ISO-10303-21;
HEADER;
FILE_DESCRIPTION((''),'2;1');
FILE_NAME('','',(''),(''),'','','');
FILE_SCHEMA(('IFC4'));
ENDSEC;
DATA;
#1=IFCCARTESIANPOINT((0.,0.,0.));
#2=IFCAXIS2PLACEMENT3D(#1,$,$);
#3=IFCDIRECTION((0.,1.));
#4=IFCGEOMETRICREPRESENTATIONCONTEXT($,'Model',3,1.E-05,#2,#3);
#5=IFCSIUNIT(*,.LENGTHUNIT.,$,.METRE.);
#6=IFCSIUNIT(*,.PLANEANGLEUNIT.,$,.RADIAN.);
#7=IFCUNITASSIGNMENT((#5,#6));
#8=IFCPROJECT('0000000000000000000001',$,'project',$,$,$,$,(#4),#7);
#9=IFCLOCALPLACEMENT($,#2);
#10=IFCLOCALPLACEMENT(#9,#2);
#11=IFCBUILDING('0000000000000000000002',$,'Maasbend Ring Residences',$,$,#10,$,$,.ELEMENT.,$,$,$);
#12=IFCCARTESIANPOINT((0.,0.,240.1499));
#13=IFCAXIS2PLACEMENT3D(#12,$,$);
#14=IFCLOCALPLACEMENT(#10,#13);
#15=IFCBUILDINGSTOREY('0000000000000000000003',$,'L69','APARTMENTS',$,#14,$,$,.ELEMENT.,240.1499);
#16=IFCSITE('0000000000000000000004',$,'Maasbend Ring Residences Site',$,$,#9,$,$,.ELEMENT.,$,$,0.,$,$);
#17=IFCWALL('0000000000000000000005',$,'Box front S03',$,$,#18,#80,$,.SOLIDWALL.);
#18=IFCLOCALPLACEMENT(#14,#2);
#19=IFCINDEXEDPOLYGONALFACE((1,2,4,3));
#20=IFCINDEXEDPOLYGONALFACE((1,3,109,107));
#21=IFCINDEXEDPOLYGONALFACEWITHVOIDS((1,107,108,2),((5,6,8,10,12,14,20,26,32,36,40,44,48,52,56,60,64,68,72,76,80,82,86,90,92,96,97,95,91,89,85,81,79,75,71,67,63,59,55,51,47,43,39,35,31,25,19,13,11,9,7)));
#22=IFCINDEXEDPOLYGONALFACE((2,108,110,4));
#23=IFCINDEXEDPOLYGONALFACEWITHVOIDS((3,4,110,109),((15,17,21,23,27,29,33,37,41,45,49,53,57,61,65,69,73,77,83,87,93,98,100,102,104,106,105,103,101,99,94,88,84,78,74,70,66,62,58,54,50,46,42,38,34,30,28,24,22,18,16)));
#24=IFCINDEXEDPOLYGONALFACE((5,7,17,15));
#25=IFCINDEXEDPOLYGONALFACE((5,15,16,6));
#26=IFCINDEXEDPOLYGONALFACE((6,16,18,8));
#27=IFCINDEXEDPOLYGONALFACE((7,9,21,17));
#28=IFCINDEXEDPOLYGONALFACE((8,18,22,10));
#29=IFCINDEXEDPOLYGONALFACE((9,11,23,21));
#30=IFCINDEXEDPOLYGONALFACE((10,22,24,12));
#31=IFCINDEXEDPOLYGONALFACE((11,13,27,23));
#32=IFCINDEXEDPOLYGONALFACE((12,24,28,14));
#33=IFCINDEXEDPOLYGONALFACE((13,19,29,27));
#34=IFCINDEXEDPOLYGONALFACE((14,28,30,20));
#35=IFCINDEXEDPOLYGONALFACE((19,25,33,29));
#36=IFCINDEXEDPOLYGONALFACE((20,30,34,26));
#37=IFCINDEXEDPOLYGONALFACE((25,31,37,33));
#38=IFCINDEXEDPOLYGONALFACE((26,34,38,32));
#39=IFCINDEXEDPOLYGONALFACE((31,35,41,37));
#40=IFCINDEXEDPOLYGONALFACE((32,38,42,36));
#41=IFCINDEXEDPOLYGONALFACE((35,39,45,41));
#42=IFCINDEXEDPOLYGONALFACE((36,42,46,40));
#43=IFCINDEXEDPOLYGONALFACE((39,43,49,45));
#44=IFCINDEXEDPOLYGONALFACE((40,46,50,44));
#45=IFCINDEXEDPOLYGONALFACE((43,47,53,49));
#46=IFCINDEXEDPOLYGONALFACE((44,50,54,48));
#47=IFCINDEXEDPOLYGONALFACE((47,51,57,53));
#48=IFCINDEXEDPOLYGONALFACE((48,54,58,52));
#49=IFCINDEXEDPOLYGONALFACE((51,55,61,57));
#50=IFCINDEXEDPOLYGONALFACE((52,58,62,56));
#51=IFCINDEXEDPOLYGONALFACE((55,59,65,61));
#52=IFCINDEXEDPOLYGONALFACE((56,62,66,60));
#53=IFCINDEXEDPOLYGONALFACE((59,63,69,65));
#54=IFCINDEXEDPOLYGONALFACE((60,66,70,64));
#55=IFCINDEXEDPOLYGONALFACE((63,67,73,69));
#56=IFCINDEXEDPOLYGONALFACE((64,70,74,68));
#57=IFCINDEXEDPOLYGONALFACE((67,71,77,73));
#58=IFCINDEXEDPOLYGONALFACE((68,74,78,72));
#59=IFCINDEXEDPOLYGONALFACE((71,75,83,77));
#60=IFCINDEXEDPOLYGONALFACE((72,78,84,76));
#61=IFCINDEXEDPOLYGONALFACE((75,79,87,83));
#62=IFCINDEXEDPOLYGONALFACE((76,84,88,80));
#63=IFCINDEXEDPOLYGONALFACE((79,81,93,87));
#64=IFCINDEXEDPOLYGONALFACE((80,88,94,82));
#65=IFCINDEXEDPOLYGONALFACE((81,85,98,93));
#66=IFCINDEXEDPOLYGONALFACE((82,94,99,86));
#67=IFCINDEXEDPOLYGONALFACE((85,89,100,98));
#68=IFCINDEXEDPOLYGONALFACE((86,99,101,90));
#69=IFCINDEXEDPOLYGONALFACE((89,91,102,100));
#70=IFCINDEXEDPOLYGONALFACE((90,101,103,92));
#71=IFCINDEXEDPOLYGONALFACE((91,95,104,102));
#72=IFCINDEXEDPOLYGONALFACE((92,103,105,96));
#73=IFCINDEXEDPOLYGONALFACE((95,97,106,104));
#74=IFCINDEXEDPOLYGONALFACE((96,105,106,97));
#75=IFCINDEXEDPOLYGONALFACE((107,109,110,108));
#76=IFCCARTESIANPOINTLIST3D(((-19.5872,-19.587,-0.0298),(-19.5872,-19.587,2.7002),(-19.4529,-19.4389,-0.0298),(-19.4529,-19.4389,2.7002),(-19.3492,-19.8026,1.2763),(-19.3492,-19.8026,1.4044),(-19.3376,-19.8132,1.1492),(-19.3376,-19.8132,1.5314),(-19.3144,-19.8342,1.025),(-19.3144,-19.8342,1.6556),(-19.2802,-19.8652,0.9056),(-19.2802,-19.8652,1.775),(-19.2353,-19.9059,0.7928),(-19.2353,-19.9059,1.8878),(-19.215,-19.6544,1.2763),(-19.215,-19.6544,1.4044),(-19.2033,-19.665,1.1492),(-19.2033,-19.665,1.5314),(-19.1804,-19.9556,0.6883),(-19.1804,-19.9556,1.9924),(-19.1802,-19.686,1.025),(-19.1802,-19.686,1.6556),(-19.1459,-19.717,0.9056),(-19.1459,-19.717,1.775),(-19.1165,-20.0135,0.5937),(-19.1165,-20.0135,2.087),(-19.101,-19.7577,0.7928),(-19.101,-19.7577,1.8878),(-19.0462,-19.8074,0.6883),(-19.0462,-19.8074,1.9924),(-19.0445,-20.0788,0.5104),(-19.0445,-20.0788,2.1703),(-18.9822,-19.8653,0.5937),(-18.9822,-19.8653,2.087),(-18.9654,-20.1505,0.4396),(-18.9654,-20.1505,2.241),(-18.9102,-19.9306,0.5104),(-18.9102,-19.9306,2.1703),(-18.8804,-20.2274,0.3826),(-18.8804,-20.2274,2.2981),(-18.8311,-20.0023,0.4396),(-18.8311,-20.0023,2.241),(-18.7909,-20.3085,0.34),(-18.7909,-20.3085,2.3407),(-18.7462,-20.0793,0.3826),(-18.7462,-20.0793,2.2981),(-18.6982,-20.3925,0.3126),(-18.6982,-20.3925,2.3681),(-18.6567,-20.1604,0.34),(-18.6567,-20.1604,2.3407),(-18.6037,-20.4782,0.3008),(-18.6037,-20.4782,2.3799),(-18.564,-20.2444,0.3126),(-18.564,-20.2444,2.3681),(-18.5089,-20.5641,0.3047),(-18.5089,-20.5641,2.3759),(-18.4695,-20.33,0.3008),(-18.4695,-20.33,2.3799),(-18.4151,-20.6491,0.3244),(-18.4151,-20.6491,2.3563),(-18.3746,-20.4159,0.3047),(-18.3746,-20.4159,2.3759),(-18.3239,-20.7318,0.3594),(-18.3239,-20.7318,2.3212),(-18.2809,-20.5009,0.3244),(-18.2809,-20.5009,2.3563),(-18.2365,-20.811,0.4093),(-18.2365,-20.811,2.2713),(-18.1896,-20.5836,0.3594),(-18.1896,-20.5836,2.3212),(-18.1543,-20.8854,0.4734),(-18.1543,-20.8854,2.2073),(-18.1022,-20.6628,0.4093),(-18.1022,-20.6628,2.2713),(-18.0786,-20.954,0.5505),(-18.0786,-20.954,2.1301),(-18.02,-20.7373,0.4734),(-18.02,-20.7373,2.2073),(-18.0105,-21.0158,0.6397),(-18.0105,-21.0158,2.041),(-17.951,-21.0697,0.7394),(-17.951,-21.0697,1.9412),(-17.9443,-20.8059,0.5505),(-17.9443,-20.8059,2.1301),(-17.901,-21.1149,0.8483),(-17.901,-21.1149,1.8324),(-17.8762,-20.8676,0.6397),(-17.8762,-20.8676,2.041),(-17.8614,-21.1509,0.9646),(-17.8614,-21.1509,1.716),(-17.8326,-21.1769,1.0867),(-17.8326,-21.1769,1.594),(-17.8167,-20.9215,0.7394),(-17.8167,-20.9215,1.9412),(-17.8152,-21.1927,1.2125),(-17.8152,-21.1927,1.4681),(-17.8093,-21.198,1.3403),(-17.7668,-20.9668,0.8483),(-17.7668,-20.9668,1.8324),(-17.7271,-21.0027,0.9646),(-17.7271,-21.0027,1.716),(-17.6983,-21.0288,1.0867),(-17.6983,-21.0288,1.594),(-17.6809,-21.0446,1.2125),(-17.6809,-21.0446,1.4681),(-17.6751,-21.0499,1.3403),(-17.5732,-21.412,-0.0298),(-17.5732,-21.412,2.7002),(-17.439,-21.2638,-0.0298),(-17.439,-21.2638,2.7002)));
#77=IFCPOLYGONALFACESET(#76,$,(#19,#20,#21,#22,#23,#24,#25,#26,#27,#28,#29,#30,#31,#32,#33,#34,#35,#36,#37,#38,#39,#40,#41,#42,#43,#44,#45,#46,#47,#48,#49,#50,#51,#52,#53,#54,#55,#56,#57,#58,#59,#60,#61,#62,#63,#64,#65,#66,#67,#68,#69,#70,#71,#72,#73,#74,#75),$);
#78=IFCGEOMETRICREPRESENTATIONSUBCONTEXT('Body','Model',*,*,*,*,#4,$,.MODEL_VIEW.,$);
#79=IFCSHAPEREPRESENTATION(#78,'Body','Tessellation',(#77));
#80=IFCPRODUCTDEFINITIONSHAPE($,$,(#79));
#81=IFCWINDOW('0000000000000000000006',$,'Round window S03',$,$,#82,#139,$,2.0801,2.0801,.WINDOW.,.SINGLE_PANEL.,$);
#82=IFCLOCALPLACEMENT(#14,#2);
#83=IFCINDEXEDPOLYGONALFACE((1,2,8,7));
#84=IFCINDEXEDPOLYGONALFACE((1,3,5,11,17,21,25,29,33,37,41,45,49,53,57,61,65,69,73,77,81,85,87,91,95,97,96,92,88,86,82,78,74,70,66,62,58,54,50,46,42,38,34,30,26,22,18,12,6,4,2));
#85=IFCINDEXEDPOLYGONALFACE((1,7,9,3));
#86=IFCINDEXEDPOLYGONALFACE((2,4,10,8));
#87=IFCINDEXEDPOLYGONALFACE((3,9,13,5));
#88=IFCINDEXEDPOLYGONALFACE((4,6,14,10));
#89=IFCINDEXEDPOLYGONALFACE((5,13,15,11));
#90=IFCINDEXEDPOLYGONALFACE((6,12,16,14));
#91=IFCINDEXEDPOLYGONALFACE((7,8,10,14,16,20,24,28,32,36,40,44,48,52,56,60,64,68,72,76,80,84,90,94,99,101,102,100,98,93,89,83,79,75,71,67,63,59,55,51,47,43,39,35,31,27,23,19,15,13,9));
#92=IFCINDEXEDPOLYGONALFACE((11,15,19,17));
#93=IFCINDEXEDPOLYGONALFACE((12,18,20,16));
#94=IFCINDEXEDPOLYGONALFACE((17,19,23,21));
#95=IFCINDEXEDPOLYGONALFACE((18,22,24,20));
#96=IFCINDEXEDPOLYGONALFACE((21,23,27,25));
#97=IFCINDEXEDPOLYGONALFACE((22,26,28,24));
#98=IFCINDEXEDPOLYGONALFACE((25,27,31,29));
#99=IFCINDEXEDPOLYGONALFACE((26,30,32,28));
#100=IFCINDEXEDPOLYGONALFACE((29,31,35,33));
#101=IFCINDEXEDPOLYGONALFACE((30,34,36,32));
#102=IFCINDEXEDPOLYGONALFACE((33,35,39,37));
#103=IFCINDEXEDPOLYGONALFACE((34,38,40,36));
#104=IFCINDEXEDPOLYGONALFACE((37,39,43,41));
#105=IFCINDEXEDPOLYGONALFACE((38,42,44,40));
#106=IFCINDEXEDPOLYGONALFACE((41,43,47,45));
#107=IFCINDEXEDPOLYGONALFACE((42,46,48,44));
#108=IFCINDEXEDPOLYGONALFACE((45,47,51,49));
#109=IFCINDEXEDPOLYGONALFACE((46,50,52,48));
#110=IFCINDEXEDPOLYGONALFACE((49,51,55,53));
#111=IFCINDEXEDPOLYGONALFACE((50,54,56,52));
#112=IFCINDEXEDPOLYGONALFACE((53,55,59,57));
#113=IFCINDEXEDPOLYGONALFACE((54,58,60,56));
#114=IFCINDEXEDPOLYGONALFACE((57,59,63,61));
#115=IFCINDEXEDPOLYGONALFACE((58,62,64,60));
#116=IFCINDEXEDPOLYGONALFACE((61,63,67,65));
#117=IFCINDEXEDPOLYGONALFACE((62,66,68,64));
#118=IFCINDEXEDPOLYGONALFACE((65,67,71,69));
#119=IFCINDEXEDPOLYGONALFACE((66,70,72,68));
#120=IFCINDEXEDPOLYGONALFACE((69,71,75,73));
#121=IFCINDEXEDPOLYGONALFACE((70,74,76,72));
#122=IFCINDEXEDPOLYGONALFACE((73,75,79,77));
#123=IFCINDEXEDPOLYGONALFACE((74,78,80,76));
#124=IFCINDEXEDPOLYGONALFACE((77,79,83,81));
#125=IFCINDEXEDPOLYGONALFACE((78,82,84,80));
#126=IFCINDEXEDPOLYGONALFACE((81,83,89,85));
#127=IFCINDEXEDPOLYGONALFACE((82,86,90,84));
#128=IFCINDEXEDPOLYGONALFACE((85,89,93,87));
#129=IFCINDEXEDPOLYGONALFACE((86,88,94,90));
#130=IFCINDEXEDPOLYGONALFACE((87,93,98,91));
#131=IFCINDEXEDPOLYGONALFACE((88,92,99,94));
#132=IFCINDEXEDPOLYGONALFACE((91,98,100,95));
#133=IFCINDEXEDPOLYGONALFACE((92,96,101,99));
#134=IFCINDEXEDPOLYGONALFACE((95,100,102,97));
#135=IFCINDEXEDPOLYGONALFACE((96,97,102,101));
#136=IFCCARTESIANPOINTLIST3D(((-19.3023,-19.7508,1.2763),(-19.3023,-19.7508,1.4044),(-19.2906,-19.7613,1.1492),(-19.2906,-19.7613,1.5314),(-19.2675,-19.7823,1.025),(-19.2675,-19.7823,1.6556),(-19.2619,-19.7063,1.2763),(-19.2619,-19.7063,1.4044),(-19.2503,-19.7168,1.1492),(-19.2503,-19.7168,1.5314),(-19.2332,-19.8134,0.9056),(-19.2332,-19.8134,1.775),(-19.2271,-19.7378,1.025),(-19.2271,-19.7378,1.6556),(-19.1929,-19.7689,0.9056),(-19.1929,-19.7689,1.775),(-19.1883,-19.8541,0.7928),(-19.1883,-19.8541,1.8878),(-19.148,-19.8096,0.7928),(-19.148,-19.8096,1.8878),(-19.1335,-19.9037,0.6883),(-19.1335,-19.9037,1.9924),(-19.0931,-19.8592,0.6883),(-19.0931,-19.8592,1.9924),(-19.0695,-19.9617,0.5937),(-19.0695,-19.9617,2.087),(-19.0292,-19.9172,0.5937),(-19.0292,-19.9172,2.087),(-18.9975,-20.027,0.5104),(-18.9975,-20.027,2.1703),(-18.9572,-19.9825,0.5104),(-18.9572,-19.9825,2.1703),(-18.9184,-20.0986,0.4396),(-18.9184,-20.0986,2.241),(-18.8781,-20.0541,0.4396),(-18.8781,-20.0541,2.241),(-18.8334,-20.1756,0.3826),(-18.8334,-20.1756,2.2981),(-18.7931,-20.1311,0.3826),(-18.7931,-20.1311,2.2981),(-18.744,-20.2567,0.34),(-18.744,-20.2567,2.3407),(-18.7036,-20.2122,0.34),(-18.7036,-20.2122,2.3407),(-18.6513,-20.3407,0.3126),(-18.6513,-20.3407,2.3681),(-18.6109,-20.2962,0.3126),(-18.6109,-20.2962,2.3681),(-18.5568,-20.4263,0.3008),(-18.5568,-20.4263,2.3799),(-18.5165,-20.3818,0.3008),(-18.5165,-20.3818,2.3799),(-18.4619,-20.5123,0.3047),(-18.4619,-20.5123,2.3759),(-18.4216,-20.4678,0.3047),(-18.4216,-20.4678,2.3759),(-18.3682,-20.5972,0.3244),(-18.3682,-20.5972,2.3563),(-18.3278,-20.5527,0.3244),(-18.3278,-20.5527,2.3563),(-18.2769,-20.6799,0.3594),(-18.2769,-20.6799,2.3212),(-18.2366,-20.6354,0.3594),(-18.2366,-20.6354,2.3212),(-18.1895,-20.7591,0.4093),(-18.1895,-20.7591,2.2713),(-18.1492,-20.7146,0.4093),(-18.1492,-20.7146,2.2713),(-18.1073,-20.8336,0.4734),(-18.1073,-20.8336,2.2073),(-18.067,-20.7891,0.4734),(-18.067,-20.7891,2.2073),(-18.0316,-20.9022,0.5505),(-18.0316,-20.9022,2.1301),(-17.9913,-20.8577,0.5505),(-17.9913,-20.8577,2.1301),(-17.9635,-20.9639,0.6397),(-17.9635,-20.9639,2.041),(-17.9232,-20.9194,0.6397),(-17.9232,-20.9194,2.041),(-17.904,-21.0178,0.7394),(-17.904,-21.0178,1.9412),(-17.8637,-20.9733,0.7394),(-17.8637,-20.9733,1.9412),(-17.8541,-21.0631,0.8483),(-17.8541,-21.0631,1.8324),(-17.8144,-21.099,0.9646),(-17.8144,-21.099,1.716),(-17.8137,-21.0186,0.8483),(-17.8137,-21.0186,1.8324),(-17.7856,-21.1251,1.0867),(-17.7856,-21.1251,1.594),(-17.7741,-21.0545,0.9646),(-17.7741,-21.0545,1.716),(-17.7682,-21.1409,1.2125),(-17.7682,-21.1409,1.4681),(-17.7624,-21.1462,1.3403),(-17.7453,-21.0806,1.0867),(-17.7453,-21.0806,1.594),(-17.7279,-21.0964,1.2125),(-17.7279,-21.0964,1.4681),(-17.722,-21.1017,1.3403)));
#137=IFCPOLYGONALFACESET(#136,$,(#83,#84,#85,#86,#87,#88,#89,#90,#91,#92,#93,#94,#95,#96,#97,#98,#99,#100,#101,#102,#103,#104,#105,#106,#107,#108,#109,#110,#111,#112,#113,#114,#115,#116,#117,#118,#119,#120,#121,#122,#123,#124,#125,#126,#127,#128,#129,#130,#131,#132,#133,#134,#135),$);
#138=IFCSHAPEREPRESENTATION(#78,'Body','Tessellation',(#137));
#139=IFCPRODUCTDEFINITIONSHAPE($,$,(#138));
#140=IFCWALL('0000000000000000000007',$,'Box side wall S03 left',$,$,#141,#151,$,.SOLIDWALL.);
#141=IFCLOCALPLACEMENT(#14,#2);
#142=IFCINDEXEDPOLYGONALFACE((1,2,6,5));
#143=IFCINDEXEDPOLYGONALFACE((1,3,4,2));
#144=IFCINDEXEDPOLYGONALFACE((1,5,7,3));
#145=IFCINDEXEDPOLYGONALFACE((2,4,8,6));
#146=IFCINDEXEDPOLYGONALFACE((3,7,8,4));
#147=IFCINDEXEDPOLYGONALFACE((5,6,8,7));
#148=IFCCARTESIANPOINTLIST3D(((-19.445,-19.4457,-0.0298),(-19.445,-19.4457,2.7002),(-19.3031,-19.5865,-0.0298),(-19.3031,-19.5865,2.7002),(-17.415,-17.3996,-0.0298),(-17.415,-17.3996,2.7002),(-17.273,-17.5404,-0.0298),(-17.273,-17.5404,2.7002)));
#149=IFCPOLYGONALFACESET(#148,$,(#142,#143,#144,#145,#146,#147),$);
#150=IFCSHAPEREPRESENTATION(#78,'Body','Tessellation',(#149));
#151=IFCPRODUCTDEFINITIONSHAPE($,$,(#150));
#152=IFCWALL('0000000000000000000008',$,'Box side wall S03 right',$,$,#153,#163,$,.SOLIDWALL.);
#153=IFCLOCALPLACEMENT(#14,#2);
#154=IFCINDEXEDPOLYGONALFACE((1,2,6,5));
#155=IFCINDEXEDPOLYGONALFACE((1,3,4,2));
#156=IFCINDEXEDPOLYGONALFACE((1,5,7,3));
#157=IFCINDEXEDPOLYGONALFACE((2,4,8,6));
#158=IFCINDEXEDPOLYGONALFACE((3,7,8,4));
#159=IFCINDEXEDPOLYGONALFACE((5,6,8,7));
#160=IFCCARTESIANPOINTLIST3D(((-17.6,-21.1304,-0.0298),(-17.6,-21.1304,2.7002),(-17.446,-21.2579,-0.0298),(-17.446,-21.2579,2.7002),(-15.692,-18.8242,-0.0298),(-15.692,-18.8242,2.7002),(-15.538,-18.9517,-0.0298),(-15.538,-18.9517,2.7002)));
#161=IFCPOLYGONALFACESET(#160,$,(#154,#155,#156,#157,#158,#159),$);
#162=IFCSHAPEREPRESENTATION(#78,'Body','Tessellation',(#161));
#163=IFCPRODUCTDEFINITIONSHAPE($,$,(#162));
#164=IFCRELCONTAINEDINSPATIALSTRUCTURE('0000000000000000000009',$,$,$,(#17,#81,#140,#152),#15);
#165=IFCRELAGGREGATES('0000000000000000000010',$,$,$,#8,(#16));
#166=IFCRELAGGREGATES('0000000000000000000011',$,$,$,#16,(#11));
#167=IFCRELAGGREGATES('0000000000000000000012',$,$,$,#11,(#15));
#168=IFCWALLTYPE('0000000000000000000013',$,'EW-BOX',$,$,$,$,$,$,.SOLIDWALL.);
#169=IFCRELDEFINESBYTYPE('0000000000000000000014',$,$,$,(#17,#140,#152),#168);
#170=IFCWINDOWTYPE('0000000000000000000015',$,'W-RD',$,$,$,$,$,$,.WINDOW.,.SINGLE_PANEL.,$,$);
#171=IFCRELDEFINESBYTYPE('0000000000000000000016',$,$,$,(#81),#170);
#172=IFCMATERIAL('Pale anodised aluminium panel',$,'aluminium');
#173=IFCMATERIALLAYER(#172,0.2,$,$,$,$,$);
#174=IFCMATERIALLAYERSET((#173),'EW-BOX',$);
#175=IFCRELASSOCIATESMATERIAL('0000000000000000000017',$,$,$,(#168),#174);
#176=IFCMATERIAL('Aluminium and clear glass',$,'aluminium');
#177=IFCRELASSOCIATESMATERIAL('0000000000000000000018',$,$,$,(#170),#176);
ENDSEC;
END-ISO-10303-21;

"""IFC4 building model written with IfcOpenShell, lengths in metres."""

from ifc_helpers import new_model, si_unit, direction, frame, frame_2d, origin, place, context, subcontext, project, spatial, rectangle, circle, extrude, material, layer, layer_set, type_object, element, fill, save


model = new_model("IFC4")

# Units and contexts
model_context = context("Model", 3, precision=1e-05, world=origin(), true_north=direction((0.0, 1.0)))
body_context = subcontext(model_context, "Body", "Model", "MODEL_VIEW")
ifc_project = project(units=[si_unit("LENGTHUNIT", "METRE"), si_unit("PLANEANGLEUNIT", "RADIAN")], contexts=[model_context])

# Site, building, storey
site_placement = place(None, origin())
site = spatial("IfcSite", under=ifc_project, at=site_placement, Name="Maasbend Ring Residences Site", CompositionType="ELEMENT", RefElevation=0.0)
building_placement = place(site_placement, origin())
building = spatial("IfcBuilding", under=site, at=building_placement, Name="Maasbend Ring Residences", CompositionType="ELEMENT")
storey_placement = place(building_placement, frame((0.0, 0.0, 240.1499)))
storey = spatial("IfcBuildingStorey", under=building, at=storey_placement, Name="L69", Description="APARTMENTS", CompositionType="ELEMENT", Elevation=240.1499)

# Shared definitions
ifc_material_1 = material(Name="Pale anodised aluminium panel", Category="aluminium")
ifc_layer_1 = layer(ifc_material_1, 0.2)
ifc_layer_set_1 = layer_set([ifc_layer_1], Name="EW-BOX")
wall_type_1 = type_object("IfcWallType", Name="EW-BOX", PredefinedType="SOLIDWALL", material=ifc_layer_set_1)
ifc_material_2 = material(Name="Aluminium and clear glass", Category="aluminium")
window_type_1 = type_object("IfcWindowType", Name="W-RD", PartitioningType="SINGLE_PANEL", PredefinedType="WINDOW", material=ifc_material_2)

# Wall, opening, window
wall_1_placement = place(storey_placement, frame((-19.52, -19.5129, -0.0298), z_axis=(0.0, 0.0, 1.0), x_axis=(0.741016, -0.671487, 0.0)))
wall_1 = element("IfcWall", 1, at=wall_1_placement, inside=storey, type_object=wall_type_1, Name="Box front S03", PredefinedType="SOLIDWALL", context=body_context, shape_type="SweptSolid", body=[
    extrude(rectangle(XDim=2.7178, YDim=0.2, at=frame_2d((1.3589, 0.0))), origin(), (0.0, 0.0, 1.0), 2.73),
])
opening_1_placement = place(wall_1_placement, frame((0.3191, 0.0, 0.3301)))
opening_1 = element("IfcOpeningElement", 2, at=opening_1_placement, cuts=wall_1, PredefinedType="OPENING", context=body_context, shape_type="SweptSolid", body=[
    extrude(circle(Radius=1.04, at=frame_2d((1.04, 1.04))), frame((0.0, 0.1099, 0.0), z_axis=(0.0, -1.0, 0.0), x_axis=(1.0, 0.0, 0.0)), (0.0, 0.0, 1.0), 0.22),
])
window_1_placement = place(opening_1_placement, origin())
window_1 = element("IfcWindow", 3, at=window_1_placement, inside=storey, type_object=window_type_1, Name="Round window S03", OverallHeight=2.0801, OverallWidth=2.0801, PartitioningType="SINGLE_PANEL", PredefinedType="WINDOW", context=body_context, shape_type="SweptSolid", body=[
    extrude(circle(Radius=1.04, at=frame_2d((1.04, 1.04))), frame((0.0, 0.03, 0.0), z_axis=(0.0, -1.0, 0.0), x_axis=(1.0, 0.0, 0.0)), (0.0, 0.0, 1.0), 0.0601),
])
fill(opening_1, window_1)

# Walls
wall_2_placement = place(storey_placement, frame((-17.344, -17.47, -0.0298), z_axis=(0.0, 0.0, 1.0), x_axis=(-0.704306, -0.709896, 0.0)))
element("IfcWall", 4, at=wall_2_placement, inside=storey, type_object=wall_type_1, Name="Box side wall S03 left", PredefinedType="SOLIDWALL", context=body_context, shape_type="SweptSolid", body=[
    extrude(rectangle(XDim=2.8823, YDim=0.2, at=frame_2d((1.4412, 0.0))), origin(), (0.0, 0.0, 1.0), 2.73),
])
wall_3_placement = place(storey_placement, frame((-15.615, -18.8879, -0.0298), z_axis=(0.0, 0.0, 1.0), x_axis=(-0.637453, -0.77049, 0.0)))
element("IfcWall", 5, at=wall_3_placement, inside=storey, type_object=wall_type_1, Name="Box side wall S03 right", PredefinedType="SOLIDWALL", context=body_context, shape_type="SweptSolid", body=[
    extrude(rectangle(XDim=2.9932, YDim=0.2, at=frame_2d((1.4966, 0.0))), origin(), (0.0, 0.0, 1.0), 2.73),
])

save(model, "model.ifc")
